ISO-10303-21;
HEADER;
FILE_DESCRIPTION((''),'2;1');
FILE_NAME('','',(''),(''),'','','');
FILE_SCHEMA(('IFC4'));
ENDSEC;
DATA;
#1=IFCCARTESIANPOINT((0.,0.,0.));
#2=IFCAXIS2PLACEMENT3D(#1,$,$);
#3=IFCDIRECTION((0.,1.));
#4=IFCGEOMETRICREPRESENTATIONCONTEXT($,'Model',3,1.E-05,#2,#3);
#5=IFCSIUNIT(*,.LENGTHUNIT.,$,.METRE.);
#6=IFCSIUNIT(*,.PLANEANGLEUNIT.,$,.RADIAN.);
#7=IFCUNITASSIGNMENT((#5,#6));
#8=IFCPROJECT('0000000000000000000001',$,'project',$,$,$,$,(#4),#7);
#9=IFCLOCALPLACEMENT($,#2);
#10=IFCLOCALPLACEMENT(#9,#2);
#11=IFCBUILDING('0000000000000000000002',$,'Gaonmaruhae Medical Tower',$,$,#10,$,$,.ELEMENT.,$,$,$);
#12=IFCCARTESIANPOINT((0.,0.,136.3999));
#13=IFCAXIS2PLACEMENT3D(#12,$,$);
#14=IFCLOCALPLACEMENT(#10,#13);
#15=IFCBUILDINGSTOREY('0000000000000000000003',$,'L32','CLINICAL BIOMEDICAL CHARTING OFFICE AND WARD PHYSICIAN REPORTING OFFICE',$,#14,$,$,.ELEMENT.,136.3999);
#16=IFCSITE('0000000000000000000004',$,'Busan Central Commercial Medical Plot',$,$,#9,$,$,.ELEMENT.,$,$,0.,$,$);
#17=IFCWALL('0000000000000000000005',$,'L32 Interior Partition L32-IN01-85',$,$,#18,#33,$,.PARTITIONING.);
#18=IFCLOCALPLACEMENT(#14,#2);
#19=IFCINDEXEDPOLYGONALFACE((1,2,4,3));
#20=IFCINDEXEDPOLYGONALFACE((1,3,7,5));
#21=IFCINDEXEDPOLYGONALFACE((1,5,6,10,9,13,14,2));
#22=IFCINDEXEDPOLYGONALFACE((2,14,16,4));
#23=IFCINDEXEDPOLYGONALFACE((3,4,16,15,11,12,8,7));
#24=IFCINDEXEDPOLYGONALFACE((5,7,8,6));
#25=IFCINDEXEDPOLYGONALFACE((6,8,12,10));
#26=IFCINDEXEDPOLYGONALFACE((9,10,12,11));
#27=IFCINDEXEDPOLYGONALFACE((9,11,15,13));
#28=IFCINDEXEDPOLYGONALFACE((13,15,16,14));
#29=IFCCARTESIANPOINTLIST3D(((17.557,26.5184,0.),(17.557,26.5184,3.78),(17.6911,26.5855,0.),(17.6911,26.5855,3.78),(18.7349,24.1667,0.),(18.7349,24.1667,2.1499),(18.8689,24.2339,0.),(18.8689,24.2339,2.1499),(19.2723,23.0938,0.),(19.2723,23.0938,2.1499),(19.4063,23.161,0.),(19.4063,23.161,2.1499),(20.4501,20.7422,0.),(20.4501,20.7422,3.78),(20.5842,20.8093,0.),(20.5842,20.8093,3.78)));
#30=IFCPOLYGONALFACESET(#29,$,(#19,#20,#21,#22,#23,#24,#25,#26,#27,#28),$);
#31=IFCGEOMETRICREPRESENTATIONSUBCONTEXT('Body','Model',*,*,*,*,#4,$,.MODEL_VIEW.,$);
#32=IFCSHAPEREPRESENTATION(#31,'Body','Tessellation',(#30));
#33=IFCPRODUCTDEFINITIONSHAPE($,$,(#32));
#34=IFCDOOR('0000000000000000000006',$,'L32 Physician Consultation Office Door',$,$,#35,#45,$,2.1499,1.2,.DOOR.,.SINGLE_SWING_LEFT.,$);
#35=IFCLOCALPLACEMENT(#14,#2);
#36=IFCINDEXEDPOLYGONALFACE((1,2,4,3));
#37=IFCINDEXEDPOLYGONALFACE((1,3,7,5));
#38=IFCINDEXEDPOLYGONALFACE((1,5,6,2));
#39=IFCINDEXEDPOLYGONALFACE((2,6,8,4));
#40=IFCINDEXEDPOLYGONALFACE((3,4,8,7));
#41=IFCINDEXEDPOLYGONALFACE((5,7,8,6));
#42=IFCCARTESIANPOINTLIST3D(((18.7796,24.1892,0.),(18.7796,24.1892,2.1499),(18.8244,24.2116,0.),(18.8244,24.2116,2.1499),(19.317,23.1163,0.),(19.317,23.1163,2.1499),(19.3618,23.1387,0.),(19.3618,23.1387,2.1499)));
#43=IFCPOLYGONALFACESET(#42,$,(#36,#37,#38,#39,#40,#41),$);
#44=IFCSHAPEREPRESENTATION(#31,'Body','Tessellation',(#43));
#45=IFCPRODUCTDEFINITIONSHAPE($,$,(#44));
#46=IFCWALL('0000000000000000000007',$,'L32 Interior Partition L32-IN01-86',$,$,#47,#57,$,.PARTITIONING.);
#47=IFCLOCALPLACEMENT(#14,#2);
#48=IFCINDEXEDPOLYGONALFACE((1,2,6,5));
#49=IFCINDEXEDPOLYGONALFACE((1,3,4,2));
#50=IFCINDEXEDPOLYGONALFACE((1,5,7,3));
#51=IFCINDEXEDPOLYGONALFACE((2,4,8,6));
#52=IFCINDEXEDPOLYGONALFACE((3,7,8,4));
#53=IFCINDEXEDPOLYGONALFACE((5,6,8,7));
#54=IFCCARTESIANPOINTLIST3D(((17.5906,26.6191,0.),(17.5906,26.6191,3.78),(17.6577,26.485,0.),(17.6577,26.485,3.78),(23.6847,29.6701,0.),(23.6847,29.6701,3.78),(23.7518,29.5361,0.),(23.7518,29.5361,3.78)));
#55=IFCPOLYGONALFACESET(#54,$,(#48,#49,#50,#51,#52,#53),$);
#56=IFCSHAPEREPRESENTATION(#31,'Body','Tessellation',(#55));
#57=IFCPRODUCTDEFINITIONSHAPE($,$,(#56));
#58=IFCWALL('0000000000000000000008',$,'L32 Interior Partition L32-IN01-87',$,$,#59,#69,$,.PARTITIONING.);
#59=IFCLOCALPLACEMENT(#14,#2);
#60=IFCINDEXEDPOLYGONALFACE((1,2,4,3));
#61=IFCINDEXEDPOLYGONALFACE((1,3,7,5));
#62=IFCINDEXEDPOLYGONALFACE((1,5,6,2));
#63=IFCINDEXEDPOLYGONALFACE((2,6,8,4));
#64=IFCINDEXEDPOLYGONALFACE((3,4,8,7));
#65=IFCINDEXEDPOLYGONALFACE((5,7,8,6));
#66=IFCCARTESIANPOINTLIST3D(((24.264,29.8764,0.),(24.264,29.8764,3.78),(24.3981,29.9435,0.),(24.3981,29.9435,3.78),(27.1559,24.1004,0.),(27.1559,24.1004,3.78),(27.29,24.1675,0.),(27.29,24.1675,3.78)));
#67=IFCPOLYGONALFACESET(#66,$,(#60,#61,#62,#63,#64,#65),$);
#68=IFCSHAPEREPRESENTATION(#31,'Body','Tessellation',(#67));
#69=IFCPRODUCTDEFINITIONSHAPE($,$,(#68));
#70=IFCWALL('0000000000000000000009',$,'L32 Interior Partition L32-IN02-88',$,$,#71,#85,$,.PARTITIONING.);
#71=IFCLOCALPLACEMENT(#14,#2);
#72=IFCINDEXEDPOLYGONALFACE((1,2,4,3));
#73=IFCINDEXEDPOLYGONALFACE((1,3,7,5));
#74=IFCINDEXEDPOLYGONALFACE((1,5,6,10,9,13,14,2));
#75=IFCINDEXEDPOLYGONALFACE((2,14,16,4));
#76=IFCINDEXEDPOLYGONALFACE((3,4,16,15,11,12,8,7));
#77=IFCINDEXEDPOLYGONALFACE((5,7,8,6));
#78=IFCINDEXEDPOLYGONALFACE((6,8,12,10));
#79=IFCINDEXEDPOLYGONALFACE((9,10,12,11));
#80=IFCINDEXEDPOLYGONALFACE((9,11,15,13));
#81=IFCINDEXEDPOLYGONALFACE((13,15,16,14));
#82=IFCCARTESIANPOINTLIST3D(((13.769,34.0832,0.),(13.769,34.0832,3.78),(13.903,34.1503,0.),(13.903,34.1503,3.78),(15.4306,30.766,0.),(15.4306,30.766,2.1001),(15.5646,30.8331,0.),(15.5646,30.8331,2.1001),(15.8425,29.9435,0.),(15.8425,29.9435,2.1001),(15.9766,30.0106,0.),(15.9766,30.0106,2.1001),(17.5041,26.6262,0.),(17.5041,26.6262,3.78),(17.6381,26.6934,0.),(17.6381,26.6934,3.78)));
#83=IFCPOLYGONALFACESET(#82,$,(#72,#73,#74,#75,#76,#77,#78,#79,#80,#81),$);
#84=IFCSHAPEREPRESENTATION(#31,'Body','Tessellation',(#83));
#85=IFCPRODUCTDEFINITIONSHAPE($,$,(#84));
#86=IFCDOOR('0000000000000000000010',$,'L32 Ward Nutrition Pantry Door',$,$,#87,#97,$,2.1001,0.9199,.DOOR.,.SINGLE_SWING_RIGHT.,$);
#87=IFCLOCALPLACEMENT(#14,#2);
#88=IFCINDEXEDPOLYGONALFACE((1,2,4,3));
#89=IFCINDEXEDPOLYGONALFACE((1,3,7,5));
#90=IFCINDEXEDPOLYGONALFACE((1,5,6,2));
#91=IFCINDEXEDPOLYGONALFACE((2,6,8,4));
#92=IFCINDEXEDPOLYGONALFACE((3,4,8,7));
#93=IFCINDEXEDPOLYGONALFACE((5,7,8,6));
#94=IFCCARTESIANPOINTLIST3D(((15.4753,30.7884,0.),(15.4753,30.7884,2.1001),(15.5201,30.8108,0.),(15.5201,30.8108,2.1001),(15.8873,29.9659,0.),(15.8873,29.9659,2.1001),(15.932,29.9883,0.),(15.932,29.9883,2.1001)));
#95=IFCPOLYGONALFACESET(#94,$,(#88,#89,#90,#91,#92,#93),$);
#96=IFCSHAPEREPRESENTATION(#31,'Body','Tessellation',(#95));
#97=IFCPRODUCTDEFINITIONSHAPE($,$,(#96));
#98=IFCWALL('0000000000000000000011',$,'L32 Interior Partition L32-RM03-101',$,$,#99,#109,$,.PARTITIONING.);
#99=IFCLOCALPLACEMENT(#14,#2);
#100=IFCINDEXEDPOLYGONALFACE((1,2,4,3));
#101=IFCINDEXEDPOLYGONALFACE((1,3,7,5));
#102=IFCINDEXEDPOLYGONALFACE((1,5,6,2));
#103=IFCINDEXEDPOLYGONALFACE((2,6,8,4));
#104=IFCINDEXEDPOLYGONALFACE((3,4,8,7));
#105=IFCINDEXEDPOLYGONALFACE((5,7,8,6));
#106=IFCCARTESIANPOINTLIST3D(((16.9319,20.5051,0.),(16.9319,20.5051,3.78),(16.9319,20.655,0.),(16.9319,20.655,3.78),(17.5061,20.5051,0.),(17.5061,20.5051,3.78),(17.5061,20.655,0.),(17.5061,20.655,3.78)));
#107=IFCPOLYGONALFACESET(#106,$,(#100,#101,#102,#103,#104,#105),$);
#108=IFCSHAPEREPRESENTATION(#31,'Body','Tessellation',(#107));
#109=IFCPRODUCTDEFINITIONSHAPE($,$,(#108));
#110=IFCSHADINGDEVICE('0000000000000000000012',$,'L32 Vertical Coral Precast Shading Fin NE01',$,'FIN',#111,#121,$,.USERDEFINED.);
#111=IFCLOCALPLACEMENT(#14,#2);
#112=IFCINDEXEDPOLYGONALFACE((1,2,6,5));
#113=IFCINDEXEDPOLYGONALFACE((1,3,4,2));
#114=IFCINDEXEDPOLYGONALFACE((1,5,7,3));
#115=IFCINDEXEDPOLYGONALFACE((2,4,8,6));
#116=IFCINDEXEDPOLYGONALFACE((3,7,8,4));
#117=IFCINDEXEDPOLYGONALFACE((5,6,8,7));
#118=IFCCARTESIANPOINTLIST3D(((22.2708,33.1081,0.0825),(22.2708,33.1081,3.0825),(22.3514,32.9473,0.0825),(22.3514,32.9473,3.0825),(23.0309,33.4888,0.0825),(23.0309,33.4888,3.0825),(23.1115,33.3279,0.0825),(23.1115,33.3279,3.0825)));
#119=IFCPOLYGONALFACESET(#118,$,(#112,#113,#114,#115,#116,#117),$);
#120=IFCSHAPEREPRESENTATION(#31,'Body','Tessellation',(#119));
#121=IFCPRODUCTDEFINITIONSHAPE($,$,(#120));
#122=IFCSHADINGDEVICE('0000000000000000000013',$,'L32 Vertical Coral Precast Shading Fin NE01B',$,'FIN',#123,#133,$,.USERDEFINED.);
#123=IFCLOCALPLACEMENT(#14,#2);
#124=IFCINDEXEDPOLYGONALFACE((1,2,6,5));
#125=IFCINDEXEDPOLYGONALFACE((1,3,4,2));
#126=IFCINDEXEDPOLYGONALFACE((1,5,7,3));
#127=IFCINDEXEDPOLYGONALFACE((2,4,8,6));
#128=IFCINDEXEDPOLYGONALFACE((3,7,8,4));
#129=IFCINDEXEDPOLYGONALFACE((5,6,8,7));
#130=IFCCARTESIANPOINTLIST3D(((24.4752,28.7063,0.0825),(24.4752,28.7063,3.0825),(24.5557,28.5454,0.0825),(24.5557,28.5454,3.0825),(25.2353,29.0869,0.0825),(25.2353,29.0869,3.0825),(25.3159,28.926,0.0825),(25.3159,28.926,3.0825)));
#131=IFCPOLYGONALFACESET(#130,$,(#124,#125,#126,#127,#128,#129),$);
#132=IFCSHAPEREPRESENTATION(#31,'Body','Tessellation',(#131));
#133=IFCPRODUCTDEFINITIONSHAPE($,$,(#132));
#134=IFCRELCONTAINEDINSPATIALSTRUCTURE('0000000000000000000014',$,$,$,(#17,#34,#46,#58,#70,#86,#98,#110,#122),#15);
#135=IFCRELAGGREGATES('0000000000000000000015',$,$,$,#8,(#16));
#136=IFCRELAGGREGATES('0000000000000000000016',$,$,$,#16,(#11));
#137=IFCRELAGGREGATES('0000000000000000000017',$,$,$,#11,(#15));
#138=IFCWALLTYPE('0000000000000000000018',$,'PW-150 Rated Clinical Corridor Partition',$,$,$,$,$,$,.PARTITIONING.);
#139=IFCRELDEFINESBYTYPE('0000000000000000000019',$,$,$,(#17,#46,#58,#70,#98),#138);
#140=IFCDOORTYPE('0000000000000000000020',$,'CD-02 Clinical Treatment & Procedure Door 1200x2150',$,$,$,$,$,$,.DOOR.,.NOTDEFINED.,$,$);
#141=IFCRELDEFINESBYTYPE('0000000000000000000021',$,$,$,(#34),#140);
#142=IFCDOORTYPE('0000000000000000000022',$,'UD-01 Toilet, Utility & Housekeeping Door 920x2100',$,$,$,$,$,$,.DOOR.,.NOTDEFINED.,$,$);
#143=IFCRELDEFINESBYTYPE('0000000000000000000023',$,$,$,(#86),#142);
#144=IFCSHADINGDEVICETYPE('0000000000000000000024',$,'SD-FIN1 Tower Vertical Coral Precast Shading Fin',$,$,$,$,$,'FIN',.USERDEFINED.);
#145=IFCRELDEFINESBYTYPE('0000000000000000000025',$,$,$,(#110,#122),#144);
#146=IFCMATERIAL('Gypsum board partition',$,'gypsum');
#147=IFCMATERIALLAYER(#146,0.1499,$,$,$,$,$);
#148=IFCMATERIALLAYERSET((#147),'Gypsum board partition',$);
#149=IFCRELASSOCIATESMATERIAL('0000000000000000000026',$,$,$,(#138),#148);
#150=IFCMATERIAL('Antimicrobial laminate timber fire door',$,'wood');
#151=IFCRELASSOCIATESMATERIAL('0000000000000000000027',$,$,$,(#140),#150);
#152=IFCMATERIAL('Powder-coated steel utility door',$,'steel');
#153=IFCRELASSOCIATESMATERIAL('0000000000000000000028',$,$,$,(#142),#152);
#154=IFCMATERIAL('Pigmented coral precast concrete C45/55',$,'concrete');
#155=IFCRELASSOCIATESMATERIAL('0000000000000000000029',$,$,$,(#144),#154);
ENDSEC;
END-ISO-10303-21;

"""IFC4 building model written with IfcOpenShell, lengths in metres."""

from ifc_helpers import new_model, si_unit, direction, frame, frame_2d, origin, origin_2d, place, context, subcontext, project, spatial, rectangle, extrude, material, layer, layer_set, type_object, element, fill, save


model = new_model("IFC4")

# Units and contexts
model_context = context("Model", 3, precision=1e-05, world=origin(), true_north=direction((0.0, 1.0)))
body_context = subcontext(model_context, "Body", "Model", "MODEL_VIEW")
ifc_project = project(units=[si_unit("LENGTHUNIT", "METRE"), si_unit("PLANEANGLEUNIT", "RADIAN")], contexts=[model_context])

# Site, building, storey
site_placement = place(None, origin())
site = spatial("IfcSite", under=ifc_project, at=site_placement, Name="Busan Central Commercial Medical Plot", CompositionType="ELEMENT", RefElevation=0.0)
building_placement = place(site_placement, origin())
building = spatial("IfcBuilding", under=site, at=building_placement, Name="Gaonmaruhae Medical Tower", CompositionType="ELEMENT")
storey_placement = place(building_placement, frame((0.0, 0.0, 136.3999)))
storey = spatial("IfcBuildingStorey", under=building, at=storey_placement, Name="L32", Description="CLINICAL BIOMEDICAL CHARTING OFFICE AND WARD PHYSICIAN REPORTING OFFICE", CompositionType="ELEMENT", Elevation=136.3999)

# Shared definitions
ifc_material_1 = material(Name="Gypsum board partition", Category="gypsum")
ifc_layer_1 = layer(ifc_material_1, 0.1499)
ifc_layer_set_1 = layer_set([ifc_layer_1], Name="Gypsum board partition")
wall_type_1 = type_object("IfcWallType", Name="PW-150 Rated Clinical Corridor Partition", PredefinedType="PARTITIONING", material=ifc_layer_set_1)

# Shared definitions
ifc_material_2 = material(Name="Antimicrobial laminate timber fire door", Category="wood")
door_type_1 = type_object("IfcDoorType", Name="CD-02 Clinical Treatment & Procedure Door 1200x2150", OperationType="NOTDEFINED", PredefinedType="DOOR", material=ifc_material_2)

# Wall, opening, door
wall_1_placement = place(storey_placement, frame((20.5171, 20.7759, 0.0), z_axis=(0.0, 0.0, 1.0), x_axis=(-0.447833, 0.894117, 0.0)))
wall_1 = element("IfcWall", 1, at=wall_1_placement, inside=storey, type_object=wall_type_1, Name="L32 Interior Partition L32-IN01-85", PredefinedType="PARTITIONING", context=body_context, shape_type="SweptSolid", body=[
    extrude(rectangle(XDim=6.4602, YDim=0.1499, at=frame_2d((3.23, 0.0))), origin(), (0.0, 0.0, 1.0), 3.78),
])
opening_1_placement = place(wall_1_placement, frame((2.6299, 0.0, 0.0)))
opening_1 = element("IfcOpeningElement", 2, at=opening_1_placement, cuts=wall_1, PredefinedType="OPENING", context=body_context, shape_type="SweptSolid", body=[
    extrude(rectangle(XDim=1.2, YDim=2.1499, at=frame_2d((0.6001, 1.075))), frame((0.0, 0.085, 0.0), z_axis=(0.0, -1.0, 0.0), x_axis=(1.0, 0.0, 0.0)), (0.0, 0.0, 1.0), 0.1699),
])
door_1_placement = place(opening_1_placement, origin())
door_1 = element("IfcDoor", 3, at=door_1_placement, inside=storey, type_object=door_type_1, Name="L32 Physician Consultation Office Door", OperationType="SINGLE_SWING_LEFT", OverallHeight=2.1499, OverallWidth=1.2, PredefinedType="DOOR", context=body_context, shape_type="SweptSolid", body=[
    extrude(rectangle(XDim=1.2, YDim=2.1499, at=frame_2d((0.6001, 1.075))), frame((0.0, 0.0249, 0.0), z_axis=(0.0, -1.0, 0.0), x_axis=(1.0, 0.0, 0.0)), (0.0, 0.0, 1.0), 0.05),
])
fill(opening_1, door_1)

# Walls
wall_2_placement = place(storey_placement, frame((17.624, 26.552, 0.0), z_axis=(0.0, 0.0, 1.0), x_axis=(0.894191, 0.447686, 0.0)))
element("IfcWall", 4, at=wall_2_placement, inside=storey, type_object=wall_type_1, Name="L32 Interior Partition L32-IN01-86", PredefinedType="PARTITIONING", context=body_context, shape_type="SweptSolid", body=[
    extrude(rectangle(XDim=6.8152, YDim=0.1499, at=frame_2d((3.4077, 0.0))), origin(), (0.0, 0.0, 1.0), 3.78),
])
wall_3_placement = place(storey_placement, frame((24.3311, 29.9099, 0.0), z_axis=(0.0, 0.0, 1.0), x_axis=(0.447697, -0.894185, 0.0)))
element("IfcWall", 5, at=wall_3_placement, inside=storey, type_object=wall_type_1, Name="L32 Interior Partition L32-IN01-87", PredefinedType="PARTITIONING", context=body_context, shape_type="SweptSolid", body=[
    extrude(rectangle(XDim=6.4595, YDim=0.1499, at=frame_2d((3.2297, 0.0))), origin(), (0.0, 0.0, 1.0), 3.78),
])

# Wall, opening, door
wall_4_placement = place(storey_placement, frame((17.571, 26.6599, 0.0), z_axis=(0.0, 0.0, 1.0), x_axis=(-0.447846, 0.894111, 0.0)))
wall_4 = element("IfcWall", 6, at=wall_4_placement, inside=storey, type_object=wall_type_1, Name="L32 Interior Partition L32-IN02-88", PredefinedType="PARTITIONING", context=body_context, shape_type="SweptSolid", body=[
    extrude(rectangle(XDim=8.3401, YDim=0.1499, at=frame_2d((4.1699, 0.0))), origin(), (0.0, 0.0, 1.0), 3.78),
])
opening_2_placement = place(wall_4_placement, frame((3.71, 0.0, 0.0)))
opening_2 = element("IfcOpeningElement", 7, at=opening_2_placement, cuts=wall_4, PredefinedType="OPENING", context=body_context, shape_type="SweptSolid", body=[
    extrude(rectangle(XDim=0.9199, YDim=2.1001, at=frame_2d((0.46, 1.05))), frame((0.0, 0.085, 0.0), z_axis=(0.0, -1.0, 0.0), x_axis=(1.0, 0.0, 0.0)), (0.0, 0.0, 1.0), 0.1699),
])
ifc_material_3 = material(Name="Powder-coated steel utility door", Category="steel")
door_type_2 = type_object("IfcDoorType", Name="UD-01 Toilet, Utility & Housekeeping Door 920x2100", OperationType="NOTDEFINED", PredefinedType="DOOR", material=ifc_material_3)
door_2_placement = place(opening_2_placement, origin())
door_2 = element("IfcDoor", 8, at=door_2_placement, inside=storey, type_object=door_type_2, Name="L32 Ward Nutrition Pantry Door", OperationType="SINGLE_SWING_RIGHT", OverallHeight=2.1001, OverallWidth=0.9199, PredefinedType="DOOR", context=body_context, shape_type="SweptSolid", body=[
    extrude(rectangle(XDim=0.9199, YDim=2.1001, at=frame_2d((0.46, 1.05))), frame((0.0, 0.0249, 0.0), z_axis=(0.0, -1.0, 0.0), x_axis=(1.0, 0.0, 0.0)), (0.0, 0.0, 1.0), 0.05),
])
fill(opening_2, door_2)

# Wall
wall_5_placement = place(storey_placement, frame((17.5061, 20.5801, 0.0), z_axis=(0.0, 0.0, 1.0), x_axis=(-1.0, 0.0, 0.0)))
element("IfcWall", 9, at=wall_5_placement, inside=storey, type_object=wall_type_1, Name="L32 Interior Partition L32-RM03-101", PredefinedType="PARTITIONING", context=body_context, shape_type="SweptSolid", body=[
    extrude(rectangle(XDim=0.5742, YDim=0.1499, at=frame_2d((0.2871, 0.0))), origin(), (0.0, 0.0, 1.0), 3.78),
])

# Shading devices
ifc_material_4 = material(Name="Pigmented coral precast concrete C45/55", Category="concrete")
shading_device_type = type_object("IfcShadingDeviceType", Name="SD-FIN1 Tower Vertical Coral Precast Shading Fin", ElementType="FIN", PredefinedType="USERDEFINED", material=ifc_material_4)
for number, where, z_axis, x_axis, name in (
    (10, (22.6912, 33.218, 0.0825), (0.0, 0.0, 1.0), (0.447759, -0.894154, 0.0), "L32 Vertical Coral Precast Shading Fin NE01"),
    (11, (24.8955, 28.8162, 0.0825), (0.0, 0.0, 1.0), (0.447759, -0.894154, 0.0), "L32 Vertical Coral Precast Shading Fin NE01B"),
):
    element("IfcShadingDevice", number, at=place(storey_placement, frame(where, z_axis=z_axis, x_axis=x_axis)), inside=storey, type_object=shading_device_type, Name=name, ObjectType="FIN", PredefinedType="USERDEFINED", context=body_context, shape_type="SweptSolid", body=[
        extrude(rectangle(XDim=0.1799, YDim=0.8501, at=origin_2d()), origin(), (0.0, 0.0, 1.0), 3.0),
    ])

save(model, "model.ifc")
